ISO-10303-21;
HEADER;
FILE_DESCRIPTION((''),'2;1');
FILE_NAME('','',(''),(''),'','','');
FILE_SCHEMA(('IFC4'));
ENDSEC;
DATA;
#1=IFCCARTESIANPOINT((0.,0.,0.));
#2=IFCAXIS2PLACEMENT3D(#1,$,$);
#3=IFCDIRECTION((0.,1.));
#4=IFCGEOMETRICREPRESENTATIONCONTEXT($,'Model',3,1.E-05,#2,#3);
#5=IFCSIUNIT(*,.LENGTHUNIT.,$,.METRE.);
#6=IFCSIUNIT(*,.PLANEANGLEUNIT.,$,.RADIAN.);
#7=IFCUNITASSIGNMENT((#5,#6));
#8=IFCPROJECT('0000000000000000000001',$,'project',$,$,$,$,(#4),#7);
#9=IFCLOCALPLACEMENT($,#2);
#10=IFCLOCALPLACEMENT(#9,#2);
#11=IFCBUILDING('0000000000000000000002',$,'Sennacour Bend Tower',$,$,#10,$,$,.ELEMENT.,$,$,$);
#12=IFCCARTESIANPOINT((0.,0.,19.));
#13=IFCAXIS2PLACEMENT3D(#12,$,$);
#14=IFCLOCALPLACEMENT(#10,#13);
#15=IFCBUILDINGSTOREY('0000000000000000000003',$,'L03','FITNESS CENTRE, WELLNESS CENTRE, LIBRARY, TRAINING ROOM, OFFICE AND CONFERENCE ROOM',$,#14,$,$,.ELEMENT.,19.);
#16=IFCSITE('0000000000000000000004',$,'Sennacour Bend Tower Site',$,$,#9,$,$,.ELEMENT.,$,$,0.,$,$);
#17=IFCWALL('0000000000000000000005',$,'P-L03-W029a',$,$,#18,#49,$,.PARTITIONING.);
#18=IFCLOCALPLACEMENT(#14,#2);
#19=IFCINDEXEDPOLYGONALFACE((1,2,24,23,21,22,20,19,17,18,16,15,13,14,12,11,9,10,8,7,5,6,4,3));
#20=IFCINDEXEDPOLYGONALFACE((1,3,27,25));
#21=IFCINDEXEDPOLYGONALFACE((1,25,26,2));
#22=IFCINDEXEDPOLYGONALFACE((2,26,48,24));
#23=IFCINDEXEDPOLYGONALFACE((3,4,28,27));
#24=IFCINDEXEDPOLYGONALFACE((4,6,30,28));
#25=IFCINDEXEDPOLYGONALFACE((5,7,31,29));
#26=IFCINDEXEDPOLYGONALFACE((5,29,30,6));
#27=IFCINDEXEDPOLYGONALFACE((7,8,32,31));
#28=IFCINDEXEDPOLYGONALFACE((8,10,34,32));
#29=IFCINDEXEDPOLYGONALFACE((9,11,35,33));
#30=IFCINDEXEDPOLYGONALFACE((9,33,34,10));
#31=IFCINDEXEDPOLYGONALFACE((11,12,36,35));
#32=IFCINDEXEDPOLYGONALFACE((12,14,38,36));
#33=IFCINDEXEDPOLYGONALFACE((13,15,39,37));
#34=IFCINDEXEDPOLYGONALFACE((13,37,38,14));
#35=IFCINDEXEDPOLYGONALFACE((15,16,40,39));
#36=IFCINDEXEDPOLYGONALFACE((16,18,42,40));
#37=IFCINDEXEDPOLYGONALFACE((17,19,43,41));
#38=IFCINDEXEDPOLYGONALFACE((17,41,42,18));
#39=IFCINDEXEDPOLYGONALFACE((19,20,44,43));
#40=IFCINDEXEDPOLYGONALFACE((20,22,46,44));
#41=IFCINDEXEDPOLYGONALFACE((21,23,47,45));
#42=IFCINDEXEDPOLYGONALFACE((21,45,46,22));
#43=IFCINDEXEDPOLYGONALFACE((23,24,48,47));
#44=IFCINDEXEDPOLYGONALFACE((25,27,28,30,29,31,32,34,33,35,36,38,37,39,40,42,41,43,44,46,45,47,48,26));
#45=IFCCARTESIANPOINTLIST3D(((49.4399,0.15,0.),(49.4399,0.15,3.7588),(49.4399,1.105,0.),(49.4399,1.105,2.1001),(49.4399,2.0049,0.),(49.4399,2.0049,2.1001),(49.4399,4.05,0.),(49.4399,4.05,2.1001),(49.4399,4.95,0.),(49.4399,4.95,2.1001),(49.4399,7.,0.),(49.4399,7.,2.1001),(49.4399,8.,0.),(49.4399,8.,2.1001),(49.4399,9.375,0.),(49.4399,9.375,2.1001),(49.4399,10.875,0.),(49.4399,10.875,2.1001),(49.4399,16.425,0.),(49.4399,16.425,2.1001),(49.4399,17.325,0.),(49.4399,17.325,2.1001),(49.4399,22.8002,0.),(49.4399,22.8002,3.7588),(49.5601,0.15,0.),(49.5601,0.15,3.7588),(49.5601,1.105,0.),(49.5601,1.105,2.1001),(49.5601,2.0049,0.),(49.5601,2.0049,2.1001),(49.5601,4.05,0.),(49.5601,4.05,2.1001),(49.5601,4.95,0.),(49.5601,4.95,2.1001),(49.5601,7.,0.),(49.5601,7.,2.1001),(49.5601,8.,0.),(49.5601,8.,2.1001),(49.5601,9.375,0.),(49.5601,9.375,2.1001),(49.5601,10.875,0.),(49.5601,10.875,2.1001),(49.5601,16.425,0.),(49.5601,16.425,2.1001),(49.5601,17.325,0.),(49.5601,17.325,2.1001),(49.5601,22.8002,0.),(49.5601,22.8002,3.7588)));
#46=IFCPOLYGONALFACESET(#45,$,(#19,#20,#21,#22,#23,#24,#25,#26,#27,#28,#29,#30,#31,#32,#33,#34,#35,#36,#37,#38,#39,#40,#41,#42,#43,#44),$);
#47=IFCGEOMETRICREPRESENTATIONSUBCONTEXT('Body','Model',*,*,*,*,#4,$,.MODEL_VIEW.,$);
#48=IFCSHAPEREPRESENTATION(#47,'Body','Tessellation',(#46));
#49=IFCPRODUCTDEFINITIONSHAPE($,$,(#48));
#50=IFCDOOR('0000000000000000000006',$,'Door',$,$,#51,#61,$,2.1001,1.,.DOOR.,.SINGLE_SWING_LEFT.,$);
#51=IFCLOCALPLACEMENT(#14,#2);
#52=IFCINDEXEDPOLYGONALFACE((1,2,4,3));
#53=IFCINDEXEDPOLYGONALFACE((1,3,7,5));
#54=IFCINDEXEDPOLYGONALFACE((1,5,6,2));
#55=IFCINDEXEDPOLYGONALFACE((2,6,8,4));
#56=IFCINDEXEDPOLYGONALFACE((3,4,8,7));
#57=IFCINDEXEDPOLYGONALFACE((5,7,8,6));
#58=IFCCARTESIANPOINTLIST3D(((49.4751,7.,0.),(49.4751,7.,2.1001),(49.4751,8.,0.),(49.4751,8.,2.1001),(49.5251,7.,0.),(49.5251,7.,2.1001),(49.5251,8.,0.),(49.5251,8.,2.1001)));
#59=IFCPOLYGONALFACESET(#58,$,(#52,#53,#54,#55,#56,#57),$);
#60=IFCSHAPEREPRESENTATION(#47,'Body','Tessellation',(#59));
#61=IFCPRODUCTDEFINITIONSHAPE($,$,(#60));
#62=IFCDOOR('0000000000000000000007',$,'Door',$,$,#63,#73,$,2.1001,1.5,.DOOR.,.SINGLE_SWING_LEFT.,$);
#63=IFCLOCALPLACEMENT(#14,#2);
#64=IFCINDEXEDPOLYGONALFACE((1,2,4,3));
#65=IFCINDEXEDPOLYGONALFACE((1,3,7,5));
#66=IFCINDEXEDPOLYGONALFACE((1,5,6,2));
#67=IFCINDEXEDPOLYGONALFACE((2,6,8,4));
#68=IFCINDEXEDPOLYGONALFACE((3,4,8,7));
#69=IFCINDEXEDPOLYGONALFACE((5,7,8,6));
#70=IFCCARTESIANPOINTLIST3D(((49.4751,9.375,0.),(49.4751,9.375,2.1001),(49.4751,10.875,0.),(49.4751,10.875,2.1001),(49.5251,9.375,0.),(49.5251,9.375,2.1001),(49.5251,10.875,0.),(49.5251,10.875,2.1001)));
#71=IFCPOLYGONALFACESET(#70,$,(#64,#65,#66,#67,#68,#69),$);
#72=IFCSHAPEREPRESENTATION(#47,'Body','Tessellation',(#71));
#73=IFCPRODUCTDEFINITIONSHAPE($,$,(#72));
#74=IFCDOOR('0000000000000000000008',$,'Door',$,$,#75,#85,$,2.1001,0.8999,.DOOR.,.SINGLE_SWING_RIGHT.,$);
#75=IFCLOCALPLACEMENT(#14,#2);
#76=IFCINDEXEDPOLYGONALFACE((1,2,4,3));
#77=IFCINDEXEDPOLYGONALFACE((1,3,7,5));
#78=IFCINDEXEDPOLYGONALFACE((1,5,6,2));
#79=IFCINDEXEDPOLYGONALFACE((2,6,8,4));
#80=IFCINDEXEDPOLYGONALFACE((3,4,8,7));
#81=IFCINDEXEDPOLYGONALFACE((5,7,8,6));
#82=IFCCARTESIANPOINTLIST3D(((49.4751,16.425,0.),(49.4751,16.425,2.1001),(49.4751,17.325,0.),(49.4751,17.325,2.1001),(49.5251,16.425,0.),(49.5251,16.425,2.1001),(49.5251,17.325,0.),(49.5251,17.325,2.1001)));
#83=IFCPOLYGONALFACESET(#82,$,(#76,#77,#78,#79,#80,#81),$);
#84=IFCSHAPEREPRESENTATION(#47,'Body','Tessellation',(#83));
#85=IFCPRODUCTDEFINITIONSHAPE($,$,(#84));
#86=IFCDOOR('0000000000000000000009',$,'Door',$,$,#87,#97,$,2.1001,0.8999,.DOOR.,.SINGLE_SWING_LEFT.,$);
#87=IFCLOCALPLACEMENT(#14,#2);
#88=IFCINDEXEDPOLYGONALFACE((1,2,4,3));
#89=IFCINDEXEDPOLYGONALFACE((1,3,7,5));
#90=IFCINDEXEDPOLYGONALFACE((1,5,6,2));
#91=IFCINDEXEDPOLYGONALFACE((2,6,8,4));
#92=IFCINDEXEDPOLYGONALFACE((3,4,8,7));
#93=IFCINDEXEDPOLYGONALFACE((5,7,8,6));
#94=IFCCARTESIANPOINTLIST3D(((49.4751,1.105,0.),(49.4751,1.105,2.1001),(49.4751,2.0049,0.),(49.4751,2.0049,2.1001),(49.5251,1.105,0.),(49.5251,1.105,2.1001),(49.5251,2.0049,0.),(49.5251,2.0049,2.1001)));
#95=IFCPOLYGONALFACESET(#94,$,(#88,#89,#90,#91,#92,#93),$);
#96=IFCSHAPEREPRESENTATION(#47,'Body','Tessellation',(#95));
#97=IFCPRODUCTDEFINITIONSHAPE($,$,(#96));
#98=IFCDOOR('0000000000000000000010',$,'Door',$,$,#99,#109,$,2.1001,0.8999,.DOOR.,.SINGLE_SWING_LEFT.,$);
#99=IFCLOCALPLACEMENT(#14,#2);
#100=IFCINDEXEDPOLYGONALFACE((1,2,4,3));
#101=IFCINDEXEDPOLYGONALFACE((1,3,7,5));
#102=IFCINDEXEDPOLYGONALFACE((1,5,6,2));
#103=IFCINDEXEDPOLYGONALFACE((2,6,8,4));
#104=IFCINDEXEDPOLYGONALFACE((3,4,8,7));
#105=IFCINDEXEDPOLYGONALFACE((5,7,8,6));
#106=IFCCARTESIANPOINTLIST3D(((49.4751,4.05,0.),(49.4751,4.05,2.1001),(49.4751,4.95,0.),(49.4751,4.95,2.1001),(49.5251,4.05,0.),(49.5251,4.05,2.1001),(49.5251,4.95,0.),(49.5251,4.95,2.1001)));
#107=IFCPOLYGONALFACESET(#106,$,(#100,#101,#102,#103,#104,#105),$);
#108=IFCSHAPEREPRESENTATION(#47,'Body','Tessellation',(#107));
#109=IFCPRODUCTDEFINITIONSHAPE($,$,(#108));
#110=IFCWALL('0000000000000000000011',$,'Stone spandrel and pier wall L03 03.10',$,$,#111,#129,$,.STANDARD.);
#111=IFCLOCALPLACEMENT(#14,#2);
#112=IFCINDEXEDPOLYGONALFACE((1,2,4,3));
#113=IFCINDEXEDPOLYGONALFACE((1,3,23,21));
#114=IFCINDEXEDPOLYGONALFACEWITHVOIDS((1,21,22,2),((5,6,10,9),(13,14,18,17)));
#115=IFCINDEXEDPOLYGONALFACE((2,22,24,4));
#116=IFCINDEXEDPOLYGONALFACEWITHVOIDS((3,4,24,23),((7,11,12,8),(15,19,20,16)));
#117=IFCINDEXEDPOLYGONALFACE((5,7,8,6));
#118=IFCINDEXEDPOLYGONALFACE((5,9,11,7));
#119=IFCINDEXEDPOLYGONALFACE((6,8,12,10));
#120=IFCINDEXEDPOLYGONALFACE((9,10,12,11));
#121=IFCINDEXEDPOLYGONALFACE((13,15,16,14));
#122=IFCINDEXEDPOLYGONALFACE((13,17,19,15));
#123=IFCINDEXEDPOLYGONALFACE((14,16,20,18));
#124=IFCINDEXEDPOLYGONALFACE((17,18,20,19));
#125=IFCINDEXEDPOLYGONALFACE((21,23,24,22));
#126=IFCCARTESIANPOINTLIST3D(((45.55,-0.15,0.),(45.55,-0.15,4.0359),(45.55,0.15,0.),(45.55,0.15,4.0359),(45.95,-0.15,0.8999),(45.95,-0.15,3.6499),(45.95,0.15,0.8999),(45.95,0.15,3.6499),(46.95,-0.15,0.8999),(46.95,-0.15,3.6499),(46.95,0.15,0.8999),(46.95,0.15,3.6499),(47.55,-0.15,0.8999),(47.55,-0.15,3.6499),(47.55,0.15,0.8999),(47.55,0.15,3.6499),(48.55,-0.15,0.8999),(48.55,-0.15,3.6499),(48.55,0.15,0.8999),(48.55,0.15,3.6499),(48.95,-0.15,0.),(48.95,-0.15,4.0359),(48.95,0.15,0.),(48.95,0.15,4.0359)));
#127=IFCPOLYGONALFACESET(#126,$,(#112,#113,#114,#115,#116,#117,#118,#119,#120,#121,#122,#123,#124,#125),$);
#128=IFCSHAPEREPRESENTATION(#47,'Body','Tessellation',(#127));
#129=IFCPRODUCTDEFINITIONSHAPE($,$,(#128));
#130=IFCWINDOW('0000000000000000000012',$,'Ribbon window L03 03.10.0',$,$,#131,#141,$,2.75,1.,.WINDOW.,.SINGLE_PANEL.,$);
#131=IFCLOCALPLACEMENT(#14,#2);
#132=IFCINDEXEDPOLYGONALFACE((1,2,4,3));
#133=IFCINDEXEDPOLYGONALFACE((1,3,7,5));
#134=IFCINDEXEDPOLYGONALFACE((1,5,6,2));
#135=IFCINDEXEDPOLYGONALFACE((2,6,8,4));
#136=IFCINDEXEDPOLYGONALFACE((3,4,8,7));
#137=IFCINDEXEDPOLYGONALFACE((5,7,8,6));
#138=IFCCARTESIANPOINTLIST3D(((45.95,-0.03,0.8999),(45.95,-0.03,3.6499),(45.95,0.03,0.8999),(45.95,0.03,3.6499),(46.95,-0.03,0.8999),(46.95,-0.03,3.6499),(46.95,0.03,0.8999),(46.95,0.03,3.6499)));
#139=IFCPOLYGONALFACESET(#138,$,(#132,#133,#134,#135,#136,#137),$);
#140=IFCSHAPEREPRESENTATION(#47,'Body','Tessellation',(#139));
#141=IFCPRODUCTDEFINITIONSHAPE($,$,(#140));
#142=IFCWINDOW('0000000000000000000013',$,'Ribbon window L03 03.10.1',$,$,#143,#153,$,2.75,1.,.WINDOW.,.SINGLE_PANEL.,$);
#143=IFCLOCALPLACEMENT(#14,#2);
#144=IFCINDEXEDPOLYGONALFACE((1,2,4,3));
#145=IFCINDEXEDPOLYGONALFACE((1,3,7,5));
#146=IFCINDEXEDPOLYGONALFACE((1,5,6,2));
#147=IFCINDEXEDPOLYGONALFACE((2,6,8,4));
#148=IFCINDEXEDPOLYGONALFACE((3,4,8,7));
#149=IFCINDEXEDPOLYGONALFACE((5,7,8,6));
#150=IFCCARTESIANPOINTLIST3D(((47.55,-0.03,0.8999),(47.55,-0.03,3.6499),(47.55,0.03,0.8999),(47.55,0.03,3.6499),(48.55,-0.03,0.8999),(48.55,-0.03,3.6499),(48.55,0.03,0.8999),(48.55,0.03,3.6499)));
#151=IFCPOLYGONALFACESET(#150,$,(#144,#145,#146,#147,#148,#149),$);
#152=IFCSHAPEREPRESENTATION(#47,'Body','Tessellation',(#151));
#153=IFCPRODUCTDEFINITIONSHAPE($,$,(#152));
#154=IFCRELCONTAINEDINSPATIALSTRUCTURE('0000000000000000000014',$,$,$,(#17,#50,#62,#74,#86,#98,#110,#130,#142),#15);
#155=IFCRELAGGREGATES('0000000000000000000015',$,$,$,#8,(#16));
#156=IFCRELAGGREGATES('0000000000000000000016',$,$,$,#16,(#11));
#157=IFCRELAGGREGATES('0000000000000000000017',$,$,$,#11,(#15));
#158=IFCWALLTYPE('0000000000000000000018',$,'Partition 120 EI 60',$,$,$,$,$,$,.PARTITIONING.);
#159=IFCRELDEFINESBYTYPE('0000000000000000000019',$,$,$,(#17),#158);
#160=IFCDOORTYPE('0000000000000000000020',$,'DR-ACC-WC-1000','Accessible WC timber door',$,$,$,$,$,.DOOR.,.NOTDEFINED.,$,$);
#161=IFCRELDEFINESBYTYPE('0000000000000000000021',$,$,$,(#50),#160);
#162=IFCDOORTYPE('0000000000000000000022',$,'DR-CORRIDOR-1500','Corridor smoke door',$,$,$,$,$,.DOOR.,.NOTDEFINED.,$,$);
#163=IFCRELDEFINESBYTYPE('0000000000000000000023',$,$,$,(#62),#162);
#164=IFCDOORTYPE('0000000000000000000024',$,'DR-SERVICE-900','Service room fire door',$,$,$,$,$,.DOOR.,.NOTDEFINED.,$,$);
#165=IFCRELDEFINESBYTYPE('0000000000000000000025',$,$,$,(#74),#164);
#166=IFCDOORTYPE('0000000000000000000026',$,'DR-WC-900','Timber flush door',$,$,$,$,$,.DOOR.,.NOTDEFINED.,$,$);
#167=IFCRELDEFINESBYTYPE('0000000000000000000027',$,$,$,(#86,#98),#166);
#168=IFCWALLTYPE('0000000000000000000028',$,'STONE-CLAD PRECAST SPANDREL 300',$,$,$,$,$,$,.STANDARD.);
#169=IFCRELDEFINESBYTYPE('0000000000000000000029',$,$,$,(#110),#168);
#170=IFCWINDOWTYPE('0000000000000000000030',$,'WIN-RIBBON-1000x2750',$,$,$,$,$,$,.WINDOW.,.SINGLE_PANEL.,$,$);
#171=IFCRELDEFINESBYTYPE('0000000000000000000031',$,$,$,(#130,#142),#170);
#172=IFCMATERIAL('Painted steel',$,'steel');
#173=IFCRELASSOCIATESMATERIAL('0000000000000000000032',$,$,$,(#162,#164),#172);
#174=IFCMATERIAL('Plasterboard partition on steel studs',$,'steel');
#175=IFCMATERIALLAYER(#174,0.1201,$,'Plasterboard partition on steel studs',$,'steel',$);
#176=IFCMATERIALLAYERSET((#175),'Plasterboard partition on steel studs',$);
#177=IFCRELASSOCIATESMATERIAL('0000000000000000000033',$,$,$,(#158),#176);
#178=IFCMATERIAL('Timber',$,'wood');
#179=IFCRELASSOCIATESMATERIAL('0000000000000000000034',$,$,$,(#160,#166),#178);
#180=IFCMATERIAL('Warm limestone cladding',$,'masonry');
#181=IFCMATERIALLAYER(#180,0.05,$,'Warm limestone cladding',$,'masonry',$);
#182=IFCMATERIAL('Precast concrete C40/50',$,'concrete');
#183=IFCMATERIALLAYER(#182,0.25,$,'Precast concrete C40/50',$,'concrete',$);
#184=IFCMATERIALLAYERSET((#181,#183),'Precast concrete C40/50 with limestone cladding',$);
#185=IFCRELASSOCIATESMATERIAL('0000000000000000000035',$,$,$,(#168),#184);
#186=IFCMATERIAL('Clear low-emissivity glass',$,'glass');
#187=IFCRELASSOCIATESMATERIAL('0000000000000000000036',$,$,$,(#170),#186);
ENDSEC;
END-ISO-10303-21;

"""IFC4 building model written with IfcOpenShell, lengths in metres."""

from ifc_helpers import new_model, si_unit, direction, frame, frame_2d, origin, place, context, subcontext, project, spatial, rectangle, extrude, material, layer, layer_set, type_object, element, fill, save


model = new_model("IFC4")

# Units and contexts
model_context = context("Model", 3, precision=1e-05, world=origin(), true_north=direction((0.0, 1.0)))
body_context = subcontext(model_context, "Body", "Model", "MODEL_VIEW")
ifc_project = project(units=[si_unit("LENGTHUNIT", "METRE"), si_unit("PLANEANGLEUNIT", "RADIAN")], contexts=[model_context])

# Site, building, storey
site_placement = place(None, origin())
site = spatial("IfcSite", under=ifc_project, at=site_placement, Name="Sennacour Bend Tower Site", CompositionType="ELEMENT", RefElevation=0.0)
building_placement = place(site_placement, origin())
building = spatial("IfcBuilding", under=site, at=building_placement, Name="Sennacour Bend Tower", CompositionType="ELEMENT")
storey_placement = place(building_placement, frame((0.0, 0.0, 19.0)))
storey = spatial("IfcBuildingStorey", under=building, at=storey_placement, Name="L03", Description="FITNESS CENTRE, WELLNESS CENTRE, LIBRARY, TRAINING ROOM, OFFICE AND CONFERENCE ROOM", CompositionType="ELEMENT", Elevation=19.0)

# Shared definitions
ifc_material_1 = material(Name="Plasterboard partition on steel studs", Category="steel")
ifc_material_2 = material(Name="Painted steel", Category="steel")
door_type_1 = type_object("IfcDoorType", Name="DR-CORRIDOR-1500", Description="Corridor smoke door", OperationType="NOTDEFINED", PredefinedType="DOOR", material=ifc_material_2)

# Wall, openings, doors
ifc_layer_1 = layer(ifc_material_1, 0.1201, Name="Plasterboard partition on steel studs", Category="steel")
ifc_layer_set_1 = layer_set([ifc_layer_1], Name="Plasterboard partition on steel studs")
wall_type_1 = type_object("IfcWallType", Name="Partition 120 EI 60", PredefinedType="PARTITIONING", material=ifc_layer_set_1)
wall_1_placement = place(storey_placement, frame((49.5, 0.1499, 0.0), z_axis=(0.0, 0.0, 1.0), x_axis=(0.0, 1.0, 0.0)))
wall_1 = element("IfcWall", 1, at=wall_1_placement, inside=storey, type_object=wall_type_1, Name="P-L03-W029a", PredefinedType="PARTITIONING", context=body_context, shape_type="SweptSolid", body=[
    extrude(rectangle(XDim=22.6501, YDim=0.1201, at=frame_2d((11.3252, 0.0))), origin(), (0.0, 0.0, 1.0), 3.7588),
])
opening_1_placement = place(wall_1_placement, frame((0.9551, 0.0, 0.0)))
opening_1 = element("IfcOpeningElement", 2, at=opening_1_placement, cuts=wall_1, PredefinedType="OPENING", context=body_context, shape_type="SweptSolid", body=[
    extrude(rectangle(XDim=0.8999, YDim=2.1001, at=frame_2d((0.45, 1.05))), frame((0.0, 0.0701, 0.0), z_axis=(0.0, -1.0, 0.0), x_axis=(1.0, 0.0, 0.0)), (0.0, 0.0, 1.0), 0.1401),
])
opening_2_placement = place(wall_1_placement, frame((3.9001, 0.0, 0.0)))
opening_2 = element("IfcOpeningElement", 3, at=opening_2_placement, cuts=wall_1, PredefinedType="OPENING", context=body_context, shape_type="SweptSolid", body=[
    extrude(rectangle(XDim=0.8999, YDim=2.1001, at=frame_2d((0.45, 1.05))), frame((0.0, 0.0701, 0.0), z_axis=(0.0, -1.0, 0.0), x_axis=(1.0, 0.0, 0.0)), (0.0, 0.0, 1.0), 0.1401),
])
opening_3_placement = place(wall_1_placement, frame((6.8501, 0.0, 0.0)))
opening_3 = element("IfcOpeningElement", 4, at=opening_3_placement, cuts=wall_1, PredefinedType="OPENING", context=body_context, shape_type="SweptSolid", body=[
    extrude(rectangle(XDim=1.0, YDim=2.1001, at=frame_2d((0.5, 1.05))), frame((0.0, 0.0701, 0.0), z_axis=(0.0, -1.0, 0.0), x_axis=(1.0, 0.0, 0.0)), (0.0, 0.0, 1.0), 0.1401),
])
opening_4_placement = place(wall_1_placement, frame((16.2751, 0.0, 0.0)))
opening_4 = element("IfcOpeningElement", 5, at=opening_4_placement, cuts=wall_1, PredefinedType="OPENING", context=body_context, shape_type="SweptSolid", body=[
    extrude(rectangle(XDim=0.8999, YDim=2.1001, at=frame_2d((0.45, 1.05))), frame((0.0, 0.0701, 0.0), z_axis=(0.0, -1.0, 0.0), x_axis=(1.0, 0.0, 0.0)), (0.0, 0.0, 1.0), 0.1401),
])
opening_5_placement = place(wall_1_placement, frame((9.2251, 0.0, 0.0)))
opening_5 = element("IfcOpeningElement", 6, at=opening_5_placement, cuts=wall_1, PredefinedType="OPENING", context=body_context, shape_type="SweptSolid", body=[
    extrude(rectangle(XDim=1.5, YDim=2.1001, at=frame_2d((0.75, 1.05))), frame((0.0, 0.0701, 0.0), z_axis=(0.0, -1.0, 0.0), x_axis=(1.0, 0.0, 0.0)), (0.0, 0.0, 1.0), 0.1401),
])
ifc_material_3 = material(Name="Timber", Category="wood")
door_type_2 = type_object("IfcDoorType", Name="DR-ACC-WC-1000", Description="Accessible WC timber door", OperationType="NOTDEFINED", PredefinedType="DOOR", material=ifc_material_3)
door_1_placement = place(opening_3_placement, origin())
door_1 = element("IfcDoor", 7, at=door_1_placement, inside=storey, type_object=door_type_2, Name="Door", OperationType="SINGLE_SWING_LEFT", OverallHeight=2.1001, OverallWidth=1.0, PredefinedType="DOOR", context=body_context, shape_type="SweptSolid", body=[
    extrude(rectangle(XDim=1.0, YDim=2.1001, at=frame_2d((0.5, 1.05))), frame((0.0, 0.0249, 0.0), z_axis=(0.0, -1.0, 0.0), x_axis=(1.0, 0.0, 0.0)), (0.0, 0.0, 1.0), 0.05),
])
fill(opening_3, door_1)
door_2_placement = place(opening_5_placement, origin())
door_2 = element("IfcDoor", 8, at=door_2_placement, inside=storey, type_object=door_type_1, Name="Door", OperationType="SINGLE_SWING_LEFT", OverallHeight=2.1001, OverallWidth=1.5, PredefinedType="DOOR", context=body_context, shape_type="SweptSolid", body=[
    extrude(rectangle(XDim=1.5, YDim=2.1001, at=frame_2d((0.75, 1.05))), frame((0.0, 0.0249, 0.0), z_axis=(0.0, -1.0, 0.0), x_axis=(1.0, 0.0, 0.0)), (0.0, 0.0, 1.0), 0.05),
])
fill(opening_5, door_2)
door_type_3 = type_object("IfcDoorType", Name="DR-SERVICE-900", Description="Service room fire door", OperationType="NOTDEFINED", PredefinedType="DOOR", material=ifc_material_2)
door_3_placement = place(opening_4_placement, origin())
door_3 = element("IfcDoor", 9, at=door_3_placement, inside=storey, type_object=door_type_3, Name="Door", OperationType="SINGLE_SWING_RIGHT", OverallHeight=2.1001, OverallWidth=0.8999, PredefinedType="DOOR", context=body_context, shape_type="SweptSolid", body=[
    extrude(rectangle(XDim=0.8999, YDim=2.1001, at=frame_2d((0.45, 1.05))), frame((0.0, 0.0249, 0.0), z_axis=(0.0, -1.0, 0.0), x_axis=(1.0, 0.0, 0.0)), (0.0, 0.0, 1.0), 0.05),
])
fill(opening_4, door_3)
door_type_4 = type_object("IfcDoorType", Name="DR-WC-900", Description="Timber flush door", OperationType="NOTDEFINED", PredefinedType="DOOR", material=ifc_material_3)
door_4_placement = place(opening_1_placement, origin())
door_4 = element("IfcDoor", 10, at=door_4_placement, inside=storey, type_object=door_type_4, Name="Door", OperationType="SINGLE_SWING_LEFT", OverallHeight=2.1001, OverallWidth=0.8999, PredefinedType="DOOR", context=body_context, shape_type="SweptSolid", body=[
    extrude(rectangle(XDim=0.8999, YDim=2.1001, at=frame_2d((0.45, 1.05))), frame((0.0, 0.0249, 0.0), z_axis=(0.0, -1.0, 0.0), x_axis=(1.0, 0.0, 0.0)), (0.0, 0.0, 1.0), 0.05),
])
fill(opening_1, door_4)
door_5_placement = place(opening_2_placement, origin())
door_5 = element("IfcDoor", 11, at=door_5_placement, inside=storey, type_object=door_type_4, Name="Door", OperationType="SINGLE_SWING_LEFT", OverallHeight=2.1001, OverallWidth=0.8999, PredefinedType="DOOR", context=body_context, shape_type="SweptSolid", body=[
    extrude(rectangle(XDim=0.8999, YDim=2.1001, at=frame_2d((0.45, 1.05))), frame((0.0, 0.0249, 0.0), z_axis=(0.0, -1.0, 0.0), x_axis=(1.0, 0.0, 0.0)), (0.0, 0.0, 1.0), 0.05),
])
fill(opening_2, door_5)

# Wall, openings, windows
ifc_material_4 = material(Name="Warm limestone cladding", Category="masonry")
ifc_layer_2 = layer(ifc_material_4, 0.05, Name="Warm limestone cladding", Category="masonry")
ifc_material_5 = material(Name="Precast concrete C40/50", Category="concrete")
ifc_layer_3 = layer(ifc_material_5, 0.25, Name="Precast concrete C40/50", Category="concrete")
ifc_layer_set_2 = layer_set([ifc_layer_2, ifc_layer_3], Name="Precast concrete C40/50 with limestone cladding")
wall_type_2 = type_object("IfcWallType", Name="STONE-CLAD PRECAST SPANDREL 300", PredefinedType="STANDARD", material=ifc_layer_set_2)
wall_2_placement = place(storey_placement, frame((45.55, 0.0, 0.0), z_axis=(0.0, 0.0, 1.0), x_axis=(1.0, 0.0, 0.0)))
wall_2 = element("IfcWall", 12, at=wall_2_placement, inside=storey, type_object=wall_type_2, Name="Stone spandrel and pier wall L03 03.10", PredefinedType="STANDARD", context=body_context, shape_type="SweptSolid", body=[
    extrude(rectangle(XDim=3.3999, YDim=0.3, at=frame_2d((1.7, 0.0))), origin(), (0.0, 0.0, 1.0), 4.0359),
])
opening_6_placement = place(wall_2_placement, frame((0.3999, 0.0, 0.8999)))
opening_6 = element("IfcOpeningElement", 13, at=opening_6_placement, cuts=wall_2, PredefinedType="OPENING", context=body_context, shape_type="SweptSolid", body=[
    extrude(rectangle(XDim=1.0, YDim=2.75, at=frame_2d((0.5, 1.375))), frame((0.0, 0.1602, 0.0), z_axis=(0.0, -1.0, 0.0), x_axis=(1.0, 0.0, 0.0)), (0.0, 0.0, 1.0), 0.3201),
])
opening_7_placement = place(wall_2_placement, frame((2.0, 0.0, 0.8999)))
opening_7 = element("IfcOpeningElement", 14, at=opening_7_placement, cuts=wall_2, PredefinedType="OPENING", context=body_context, shape_type="SweptSolid", body=[
    extrude(rectangle(XDim=1.0, YDim=2.75, at=frame_2d((0.5, 1.375))), frame((0.0, 0.1602, 0.0), z_axis=(0.0, -1.0, 0.0), x_axis=(1.0, 0.0, 0.0)), (0.0, 0.0, 1.0), 0.3201),
])
ifc_material_6 = material(Name="Clear low-emissivity glass", Category="glass")
window_type = type_object("IfcWindowType", Name="WIN-RIBBON-1000x2750", PartitioningType="SINGLE_PANEL", PredefinedType="WINDOW", material=ifc_material_6)
window_1_placement = place(opening_6_placement, origin())
window_1 = element("IfcWindow", 15, at=window_1_placement, inside=storey, type_object=window_type, Name="Ribbon window L03 03.10.0", OverallHeight=2.75, OverallWidth=1.0, PartitioningType="SINGLE_PANEL", PredefinedType="WINDOW", context=body_context, shape_type="SweptSolid", body=[
    extrude(rectangle(XDim=1.0, YDim=2.75, at=frame_2d((0.5, 1.375))), frame((0.0, 0.03, 0.0), z_axis=(0.0, -1.0, 0.0), x_axis=(1.0, 0.0, 0.0)), (0.0, 0.0, 1.0), 0.0601),
])
fill(opening_6, window_1)
window_2_placement = place(opening_7_placement, origin())
window_2 = element("IfcWindow", 16, at=window_2_placement, inside=storey, type_object=window_type, Name="Ribbon window L03 03.10.1", OverallHeight=2.75, OverallWidth=1.0, PartitioningType="SINGLE_PANEL", PredefinedType="WINDOW", context=body_context, shape_type="SweptSolid", body=[
    extrude(rectangle(XDim=1.0, YDim=2.75, at=frame_2d((0.5, 1.375))), frame((0.0, 0.03, 0.0), z_axis=(0.0, -1.0, 0.0), x_axis=(1.0, 0.0, 0.0)), (0.0, 0.0, 1.0), 0.0601),
])
fill(opening_7, window_2)

save(model, "model.ifc")
